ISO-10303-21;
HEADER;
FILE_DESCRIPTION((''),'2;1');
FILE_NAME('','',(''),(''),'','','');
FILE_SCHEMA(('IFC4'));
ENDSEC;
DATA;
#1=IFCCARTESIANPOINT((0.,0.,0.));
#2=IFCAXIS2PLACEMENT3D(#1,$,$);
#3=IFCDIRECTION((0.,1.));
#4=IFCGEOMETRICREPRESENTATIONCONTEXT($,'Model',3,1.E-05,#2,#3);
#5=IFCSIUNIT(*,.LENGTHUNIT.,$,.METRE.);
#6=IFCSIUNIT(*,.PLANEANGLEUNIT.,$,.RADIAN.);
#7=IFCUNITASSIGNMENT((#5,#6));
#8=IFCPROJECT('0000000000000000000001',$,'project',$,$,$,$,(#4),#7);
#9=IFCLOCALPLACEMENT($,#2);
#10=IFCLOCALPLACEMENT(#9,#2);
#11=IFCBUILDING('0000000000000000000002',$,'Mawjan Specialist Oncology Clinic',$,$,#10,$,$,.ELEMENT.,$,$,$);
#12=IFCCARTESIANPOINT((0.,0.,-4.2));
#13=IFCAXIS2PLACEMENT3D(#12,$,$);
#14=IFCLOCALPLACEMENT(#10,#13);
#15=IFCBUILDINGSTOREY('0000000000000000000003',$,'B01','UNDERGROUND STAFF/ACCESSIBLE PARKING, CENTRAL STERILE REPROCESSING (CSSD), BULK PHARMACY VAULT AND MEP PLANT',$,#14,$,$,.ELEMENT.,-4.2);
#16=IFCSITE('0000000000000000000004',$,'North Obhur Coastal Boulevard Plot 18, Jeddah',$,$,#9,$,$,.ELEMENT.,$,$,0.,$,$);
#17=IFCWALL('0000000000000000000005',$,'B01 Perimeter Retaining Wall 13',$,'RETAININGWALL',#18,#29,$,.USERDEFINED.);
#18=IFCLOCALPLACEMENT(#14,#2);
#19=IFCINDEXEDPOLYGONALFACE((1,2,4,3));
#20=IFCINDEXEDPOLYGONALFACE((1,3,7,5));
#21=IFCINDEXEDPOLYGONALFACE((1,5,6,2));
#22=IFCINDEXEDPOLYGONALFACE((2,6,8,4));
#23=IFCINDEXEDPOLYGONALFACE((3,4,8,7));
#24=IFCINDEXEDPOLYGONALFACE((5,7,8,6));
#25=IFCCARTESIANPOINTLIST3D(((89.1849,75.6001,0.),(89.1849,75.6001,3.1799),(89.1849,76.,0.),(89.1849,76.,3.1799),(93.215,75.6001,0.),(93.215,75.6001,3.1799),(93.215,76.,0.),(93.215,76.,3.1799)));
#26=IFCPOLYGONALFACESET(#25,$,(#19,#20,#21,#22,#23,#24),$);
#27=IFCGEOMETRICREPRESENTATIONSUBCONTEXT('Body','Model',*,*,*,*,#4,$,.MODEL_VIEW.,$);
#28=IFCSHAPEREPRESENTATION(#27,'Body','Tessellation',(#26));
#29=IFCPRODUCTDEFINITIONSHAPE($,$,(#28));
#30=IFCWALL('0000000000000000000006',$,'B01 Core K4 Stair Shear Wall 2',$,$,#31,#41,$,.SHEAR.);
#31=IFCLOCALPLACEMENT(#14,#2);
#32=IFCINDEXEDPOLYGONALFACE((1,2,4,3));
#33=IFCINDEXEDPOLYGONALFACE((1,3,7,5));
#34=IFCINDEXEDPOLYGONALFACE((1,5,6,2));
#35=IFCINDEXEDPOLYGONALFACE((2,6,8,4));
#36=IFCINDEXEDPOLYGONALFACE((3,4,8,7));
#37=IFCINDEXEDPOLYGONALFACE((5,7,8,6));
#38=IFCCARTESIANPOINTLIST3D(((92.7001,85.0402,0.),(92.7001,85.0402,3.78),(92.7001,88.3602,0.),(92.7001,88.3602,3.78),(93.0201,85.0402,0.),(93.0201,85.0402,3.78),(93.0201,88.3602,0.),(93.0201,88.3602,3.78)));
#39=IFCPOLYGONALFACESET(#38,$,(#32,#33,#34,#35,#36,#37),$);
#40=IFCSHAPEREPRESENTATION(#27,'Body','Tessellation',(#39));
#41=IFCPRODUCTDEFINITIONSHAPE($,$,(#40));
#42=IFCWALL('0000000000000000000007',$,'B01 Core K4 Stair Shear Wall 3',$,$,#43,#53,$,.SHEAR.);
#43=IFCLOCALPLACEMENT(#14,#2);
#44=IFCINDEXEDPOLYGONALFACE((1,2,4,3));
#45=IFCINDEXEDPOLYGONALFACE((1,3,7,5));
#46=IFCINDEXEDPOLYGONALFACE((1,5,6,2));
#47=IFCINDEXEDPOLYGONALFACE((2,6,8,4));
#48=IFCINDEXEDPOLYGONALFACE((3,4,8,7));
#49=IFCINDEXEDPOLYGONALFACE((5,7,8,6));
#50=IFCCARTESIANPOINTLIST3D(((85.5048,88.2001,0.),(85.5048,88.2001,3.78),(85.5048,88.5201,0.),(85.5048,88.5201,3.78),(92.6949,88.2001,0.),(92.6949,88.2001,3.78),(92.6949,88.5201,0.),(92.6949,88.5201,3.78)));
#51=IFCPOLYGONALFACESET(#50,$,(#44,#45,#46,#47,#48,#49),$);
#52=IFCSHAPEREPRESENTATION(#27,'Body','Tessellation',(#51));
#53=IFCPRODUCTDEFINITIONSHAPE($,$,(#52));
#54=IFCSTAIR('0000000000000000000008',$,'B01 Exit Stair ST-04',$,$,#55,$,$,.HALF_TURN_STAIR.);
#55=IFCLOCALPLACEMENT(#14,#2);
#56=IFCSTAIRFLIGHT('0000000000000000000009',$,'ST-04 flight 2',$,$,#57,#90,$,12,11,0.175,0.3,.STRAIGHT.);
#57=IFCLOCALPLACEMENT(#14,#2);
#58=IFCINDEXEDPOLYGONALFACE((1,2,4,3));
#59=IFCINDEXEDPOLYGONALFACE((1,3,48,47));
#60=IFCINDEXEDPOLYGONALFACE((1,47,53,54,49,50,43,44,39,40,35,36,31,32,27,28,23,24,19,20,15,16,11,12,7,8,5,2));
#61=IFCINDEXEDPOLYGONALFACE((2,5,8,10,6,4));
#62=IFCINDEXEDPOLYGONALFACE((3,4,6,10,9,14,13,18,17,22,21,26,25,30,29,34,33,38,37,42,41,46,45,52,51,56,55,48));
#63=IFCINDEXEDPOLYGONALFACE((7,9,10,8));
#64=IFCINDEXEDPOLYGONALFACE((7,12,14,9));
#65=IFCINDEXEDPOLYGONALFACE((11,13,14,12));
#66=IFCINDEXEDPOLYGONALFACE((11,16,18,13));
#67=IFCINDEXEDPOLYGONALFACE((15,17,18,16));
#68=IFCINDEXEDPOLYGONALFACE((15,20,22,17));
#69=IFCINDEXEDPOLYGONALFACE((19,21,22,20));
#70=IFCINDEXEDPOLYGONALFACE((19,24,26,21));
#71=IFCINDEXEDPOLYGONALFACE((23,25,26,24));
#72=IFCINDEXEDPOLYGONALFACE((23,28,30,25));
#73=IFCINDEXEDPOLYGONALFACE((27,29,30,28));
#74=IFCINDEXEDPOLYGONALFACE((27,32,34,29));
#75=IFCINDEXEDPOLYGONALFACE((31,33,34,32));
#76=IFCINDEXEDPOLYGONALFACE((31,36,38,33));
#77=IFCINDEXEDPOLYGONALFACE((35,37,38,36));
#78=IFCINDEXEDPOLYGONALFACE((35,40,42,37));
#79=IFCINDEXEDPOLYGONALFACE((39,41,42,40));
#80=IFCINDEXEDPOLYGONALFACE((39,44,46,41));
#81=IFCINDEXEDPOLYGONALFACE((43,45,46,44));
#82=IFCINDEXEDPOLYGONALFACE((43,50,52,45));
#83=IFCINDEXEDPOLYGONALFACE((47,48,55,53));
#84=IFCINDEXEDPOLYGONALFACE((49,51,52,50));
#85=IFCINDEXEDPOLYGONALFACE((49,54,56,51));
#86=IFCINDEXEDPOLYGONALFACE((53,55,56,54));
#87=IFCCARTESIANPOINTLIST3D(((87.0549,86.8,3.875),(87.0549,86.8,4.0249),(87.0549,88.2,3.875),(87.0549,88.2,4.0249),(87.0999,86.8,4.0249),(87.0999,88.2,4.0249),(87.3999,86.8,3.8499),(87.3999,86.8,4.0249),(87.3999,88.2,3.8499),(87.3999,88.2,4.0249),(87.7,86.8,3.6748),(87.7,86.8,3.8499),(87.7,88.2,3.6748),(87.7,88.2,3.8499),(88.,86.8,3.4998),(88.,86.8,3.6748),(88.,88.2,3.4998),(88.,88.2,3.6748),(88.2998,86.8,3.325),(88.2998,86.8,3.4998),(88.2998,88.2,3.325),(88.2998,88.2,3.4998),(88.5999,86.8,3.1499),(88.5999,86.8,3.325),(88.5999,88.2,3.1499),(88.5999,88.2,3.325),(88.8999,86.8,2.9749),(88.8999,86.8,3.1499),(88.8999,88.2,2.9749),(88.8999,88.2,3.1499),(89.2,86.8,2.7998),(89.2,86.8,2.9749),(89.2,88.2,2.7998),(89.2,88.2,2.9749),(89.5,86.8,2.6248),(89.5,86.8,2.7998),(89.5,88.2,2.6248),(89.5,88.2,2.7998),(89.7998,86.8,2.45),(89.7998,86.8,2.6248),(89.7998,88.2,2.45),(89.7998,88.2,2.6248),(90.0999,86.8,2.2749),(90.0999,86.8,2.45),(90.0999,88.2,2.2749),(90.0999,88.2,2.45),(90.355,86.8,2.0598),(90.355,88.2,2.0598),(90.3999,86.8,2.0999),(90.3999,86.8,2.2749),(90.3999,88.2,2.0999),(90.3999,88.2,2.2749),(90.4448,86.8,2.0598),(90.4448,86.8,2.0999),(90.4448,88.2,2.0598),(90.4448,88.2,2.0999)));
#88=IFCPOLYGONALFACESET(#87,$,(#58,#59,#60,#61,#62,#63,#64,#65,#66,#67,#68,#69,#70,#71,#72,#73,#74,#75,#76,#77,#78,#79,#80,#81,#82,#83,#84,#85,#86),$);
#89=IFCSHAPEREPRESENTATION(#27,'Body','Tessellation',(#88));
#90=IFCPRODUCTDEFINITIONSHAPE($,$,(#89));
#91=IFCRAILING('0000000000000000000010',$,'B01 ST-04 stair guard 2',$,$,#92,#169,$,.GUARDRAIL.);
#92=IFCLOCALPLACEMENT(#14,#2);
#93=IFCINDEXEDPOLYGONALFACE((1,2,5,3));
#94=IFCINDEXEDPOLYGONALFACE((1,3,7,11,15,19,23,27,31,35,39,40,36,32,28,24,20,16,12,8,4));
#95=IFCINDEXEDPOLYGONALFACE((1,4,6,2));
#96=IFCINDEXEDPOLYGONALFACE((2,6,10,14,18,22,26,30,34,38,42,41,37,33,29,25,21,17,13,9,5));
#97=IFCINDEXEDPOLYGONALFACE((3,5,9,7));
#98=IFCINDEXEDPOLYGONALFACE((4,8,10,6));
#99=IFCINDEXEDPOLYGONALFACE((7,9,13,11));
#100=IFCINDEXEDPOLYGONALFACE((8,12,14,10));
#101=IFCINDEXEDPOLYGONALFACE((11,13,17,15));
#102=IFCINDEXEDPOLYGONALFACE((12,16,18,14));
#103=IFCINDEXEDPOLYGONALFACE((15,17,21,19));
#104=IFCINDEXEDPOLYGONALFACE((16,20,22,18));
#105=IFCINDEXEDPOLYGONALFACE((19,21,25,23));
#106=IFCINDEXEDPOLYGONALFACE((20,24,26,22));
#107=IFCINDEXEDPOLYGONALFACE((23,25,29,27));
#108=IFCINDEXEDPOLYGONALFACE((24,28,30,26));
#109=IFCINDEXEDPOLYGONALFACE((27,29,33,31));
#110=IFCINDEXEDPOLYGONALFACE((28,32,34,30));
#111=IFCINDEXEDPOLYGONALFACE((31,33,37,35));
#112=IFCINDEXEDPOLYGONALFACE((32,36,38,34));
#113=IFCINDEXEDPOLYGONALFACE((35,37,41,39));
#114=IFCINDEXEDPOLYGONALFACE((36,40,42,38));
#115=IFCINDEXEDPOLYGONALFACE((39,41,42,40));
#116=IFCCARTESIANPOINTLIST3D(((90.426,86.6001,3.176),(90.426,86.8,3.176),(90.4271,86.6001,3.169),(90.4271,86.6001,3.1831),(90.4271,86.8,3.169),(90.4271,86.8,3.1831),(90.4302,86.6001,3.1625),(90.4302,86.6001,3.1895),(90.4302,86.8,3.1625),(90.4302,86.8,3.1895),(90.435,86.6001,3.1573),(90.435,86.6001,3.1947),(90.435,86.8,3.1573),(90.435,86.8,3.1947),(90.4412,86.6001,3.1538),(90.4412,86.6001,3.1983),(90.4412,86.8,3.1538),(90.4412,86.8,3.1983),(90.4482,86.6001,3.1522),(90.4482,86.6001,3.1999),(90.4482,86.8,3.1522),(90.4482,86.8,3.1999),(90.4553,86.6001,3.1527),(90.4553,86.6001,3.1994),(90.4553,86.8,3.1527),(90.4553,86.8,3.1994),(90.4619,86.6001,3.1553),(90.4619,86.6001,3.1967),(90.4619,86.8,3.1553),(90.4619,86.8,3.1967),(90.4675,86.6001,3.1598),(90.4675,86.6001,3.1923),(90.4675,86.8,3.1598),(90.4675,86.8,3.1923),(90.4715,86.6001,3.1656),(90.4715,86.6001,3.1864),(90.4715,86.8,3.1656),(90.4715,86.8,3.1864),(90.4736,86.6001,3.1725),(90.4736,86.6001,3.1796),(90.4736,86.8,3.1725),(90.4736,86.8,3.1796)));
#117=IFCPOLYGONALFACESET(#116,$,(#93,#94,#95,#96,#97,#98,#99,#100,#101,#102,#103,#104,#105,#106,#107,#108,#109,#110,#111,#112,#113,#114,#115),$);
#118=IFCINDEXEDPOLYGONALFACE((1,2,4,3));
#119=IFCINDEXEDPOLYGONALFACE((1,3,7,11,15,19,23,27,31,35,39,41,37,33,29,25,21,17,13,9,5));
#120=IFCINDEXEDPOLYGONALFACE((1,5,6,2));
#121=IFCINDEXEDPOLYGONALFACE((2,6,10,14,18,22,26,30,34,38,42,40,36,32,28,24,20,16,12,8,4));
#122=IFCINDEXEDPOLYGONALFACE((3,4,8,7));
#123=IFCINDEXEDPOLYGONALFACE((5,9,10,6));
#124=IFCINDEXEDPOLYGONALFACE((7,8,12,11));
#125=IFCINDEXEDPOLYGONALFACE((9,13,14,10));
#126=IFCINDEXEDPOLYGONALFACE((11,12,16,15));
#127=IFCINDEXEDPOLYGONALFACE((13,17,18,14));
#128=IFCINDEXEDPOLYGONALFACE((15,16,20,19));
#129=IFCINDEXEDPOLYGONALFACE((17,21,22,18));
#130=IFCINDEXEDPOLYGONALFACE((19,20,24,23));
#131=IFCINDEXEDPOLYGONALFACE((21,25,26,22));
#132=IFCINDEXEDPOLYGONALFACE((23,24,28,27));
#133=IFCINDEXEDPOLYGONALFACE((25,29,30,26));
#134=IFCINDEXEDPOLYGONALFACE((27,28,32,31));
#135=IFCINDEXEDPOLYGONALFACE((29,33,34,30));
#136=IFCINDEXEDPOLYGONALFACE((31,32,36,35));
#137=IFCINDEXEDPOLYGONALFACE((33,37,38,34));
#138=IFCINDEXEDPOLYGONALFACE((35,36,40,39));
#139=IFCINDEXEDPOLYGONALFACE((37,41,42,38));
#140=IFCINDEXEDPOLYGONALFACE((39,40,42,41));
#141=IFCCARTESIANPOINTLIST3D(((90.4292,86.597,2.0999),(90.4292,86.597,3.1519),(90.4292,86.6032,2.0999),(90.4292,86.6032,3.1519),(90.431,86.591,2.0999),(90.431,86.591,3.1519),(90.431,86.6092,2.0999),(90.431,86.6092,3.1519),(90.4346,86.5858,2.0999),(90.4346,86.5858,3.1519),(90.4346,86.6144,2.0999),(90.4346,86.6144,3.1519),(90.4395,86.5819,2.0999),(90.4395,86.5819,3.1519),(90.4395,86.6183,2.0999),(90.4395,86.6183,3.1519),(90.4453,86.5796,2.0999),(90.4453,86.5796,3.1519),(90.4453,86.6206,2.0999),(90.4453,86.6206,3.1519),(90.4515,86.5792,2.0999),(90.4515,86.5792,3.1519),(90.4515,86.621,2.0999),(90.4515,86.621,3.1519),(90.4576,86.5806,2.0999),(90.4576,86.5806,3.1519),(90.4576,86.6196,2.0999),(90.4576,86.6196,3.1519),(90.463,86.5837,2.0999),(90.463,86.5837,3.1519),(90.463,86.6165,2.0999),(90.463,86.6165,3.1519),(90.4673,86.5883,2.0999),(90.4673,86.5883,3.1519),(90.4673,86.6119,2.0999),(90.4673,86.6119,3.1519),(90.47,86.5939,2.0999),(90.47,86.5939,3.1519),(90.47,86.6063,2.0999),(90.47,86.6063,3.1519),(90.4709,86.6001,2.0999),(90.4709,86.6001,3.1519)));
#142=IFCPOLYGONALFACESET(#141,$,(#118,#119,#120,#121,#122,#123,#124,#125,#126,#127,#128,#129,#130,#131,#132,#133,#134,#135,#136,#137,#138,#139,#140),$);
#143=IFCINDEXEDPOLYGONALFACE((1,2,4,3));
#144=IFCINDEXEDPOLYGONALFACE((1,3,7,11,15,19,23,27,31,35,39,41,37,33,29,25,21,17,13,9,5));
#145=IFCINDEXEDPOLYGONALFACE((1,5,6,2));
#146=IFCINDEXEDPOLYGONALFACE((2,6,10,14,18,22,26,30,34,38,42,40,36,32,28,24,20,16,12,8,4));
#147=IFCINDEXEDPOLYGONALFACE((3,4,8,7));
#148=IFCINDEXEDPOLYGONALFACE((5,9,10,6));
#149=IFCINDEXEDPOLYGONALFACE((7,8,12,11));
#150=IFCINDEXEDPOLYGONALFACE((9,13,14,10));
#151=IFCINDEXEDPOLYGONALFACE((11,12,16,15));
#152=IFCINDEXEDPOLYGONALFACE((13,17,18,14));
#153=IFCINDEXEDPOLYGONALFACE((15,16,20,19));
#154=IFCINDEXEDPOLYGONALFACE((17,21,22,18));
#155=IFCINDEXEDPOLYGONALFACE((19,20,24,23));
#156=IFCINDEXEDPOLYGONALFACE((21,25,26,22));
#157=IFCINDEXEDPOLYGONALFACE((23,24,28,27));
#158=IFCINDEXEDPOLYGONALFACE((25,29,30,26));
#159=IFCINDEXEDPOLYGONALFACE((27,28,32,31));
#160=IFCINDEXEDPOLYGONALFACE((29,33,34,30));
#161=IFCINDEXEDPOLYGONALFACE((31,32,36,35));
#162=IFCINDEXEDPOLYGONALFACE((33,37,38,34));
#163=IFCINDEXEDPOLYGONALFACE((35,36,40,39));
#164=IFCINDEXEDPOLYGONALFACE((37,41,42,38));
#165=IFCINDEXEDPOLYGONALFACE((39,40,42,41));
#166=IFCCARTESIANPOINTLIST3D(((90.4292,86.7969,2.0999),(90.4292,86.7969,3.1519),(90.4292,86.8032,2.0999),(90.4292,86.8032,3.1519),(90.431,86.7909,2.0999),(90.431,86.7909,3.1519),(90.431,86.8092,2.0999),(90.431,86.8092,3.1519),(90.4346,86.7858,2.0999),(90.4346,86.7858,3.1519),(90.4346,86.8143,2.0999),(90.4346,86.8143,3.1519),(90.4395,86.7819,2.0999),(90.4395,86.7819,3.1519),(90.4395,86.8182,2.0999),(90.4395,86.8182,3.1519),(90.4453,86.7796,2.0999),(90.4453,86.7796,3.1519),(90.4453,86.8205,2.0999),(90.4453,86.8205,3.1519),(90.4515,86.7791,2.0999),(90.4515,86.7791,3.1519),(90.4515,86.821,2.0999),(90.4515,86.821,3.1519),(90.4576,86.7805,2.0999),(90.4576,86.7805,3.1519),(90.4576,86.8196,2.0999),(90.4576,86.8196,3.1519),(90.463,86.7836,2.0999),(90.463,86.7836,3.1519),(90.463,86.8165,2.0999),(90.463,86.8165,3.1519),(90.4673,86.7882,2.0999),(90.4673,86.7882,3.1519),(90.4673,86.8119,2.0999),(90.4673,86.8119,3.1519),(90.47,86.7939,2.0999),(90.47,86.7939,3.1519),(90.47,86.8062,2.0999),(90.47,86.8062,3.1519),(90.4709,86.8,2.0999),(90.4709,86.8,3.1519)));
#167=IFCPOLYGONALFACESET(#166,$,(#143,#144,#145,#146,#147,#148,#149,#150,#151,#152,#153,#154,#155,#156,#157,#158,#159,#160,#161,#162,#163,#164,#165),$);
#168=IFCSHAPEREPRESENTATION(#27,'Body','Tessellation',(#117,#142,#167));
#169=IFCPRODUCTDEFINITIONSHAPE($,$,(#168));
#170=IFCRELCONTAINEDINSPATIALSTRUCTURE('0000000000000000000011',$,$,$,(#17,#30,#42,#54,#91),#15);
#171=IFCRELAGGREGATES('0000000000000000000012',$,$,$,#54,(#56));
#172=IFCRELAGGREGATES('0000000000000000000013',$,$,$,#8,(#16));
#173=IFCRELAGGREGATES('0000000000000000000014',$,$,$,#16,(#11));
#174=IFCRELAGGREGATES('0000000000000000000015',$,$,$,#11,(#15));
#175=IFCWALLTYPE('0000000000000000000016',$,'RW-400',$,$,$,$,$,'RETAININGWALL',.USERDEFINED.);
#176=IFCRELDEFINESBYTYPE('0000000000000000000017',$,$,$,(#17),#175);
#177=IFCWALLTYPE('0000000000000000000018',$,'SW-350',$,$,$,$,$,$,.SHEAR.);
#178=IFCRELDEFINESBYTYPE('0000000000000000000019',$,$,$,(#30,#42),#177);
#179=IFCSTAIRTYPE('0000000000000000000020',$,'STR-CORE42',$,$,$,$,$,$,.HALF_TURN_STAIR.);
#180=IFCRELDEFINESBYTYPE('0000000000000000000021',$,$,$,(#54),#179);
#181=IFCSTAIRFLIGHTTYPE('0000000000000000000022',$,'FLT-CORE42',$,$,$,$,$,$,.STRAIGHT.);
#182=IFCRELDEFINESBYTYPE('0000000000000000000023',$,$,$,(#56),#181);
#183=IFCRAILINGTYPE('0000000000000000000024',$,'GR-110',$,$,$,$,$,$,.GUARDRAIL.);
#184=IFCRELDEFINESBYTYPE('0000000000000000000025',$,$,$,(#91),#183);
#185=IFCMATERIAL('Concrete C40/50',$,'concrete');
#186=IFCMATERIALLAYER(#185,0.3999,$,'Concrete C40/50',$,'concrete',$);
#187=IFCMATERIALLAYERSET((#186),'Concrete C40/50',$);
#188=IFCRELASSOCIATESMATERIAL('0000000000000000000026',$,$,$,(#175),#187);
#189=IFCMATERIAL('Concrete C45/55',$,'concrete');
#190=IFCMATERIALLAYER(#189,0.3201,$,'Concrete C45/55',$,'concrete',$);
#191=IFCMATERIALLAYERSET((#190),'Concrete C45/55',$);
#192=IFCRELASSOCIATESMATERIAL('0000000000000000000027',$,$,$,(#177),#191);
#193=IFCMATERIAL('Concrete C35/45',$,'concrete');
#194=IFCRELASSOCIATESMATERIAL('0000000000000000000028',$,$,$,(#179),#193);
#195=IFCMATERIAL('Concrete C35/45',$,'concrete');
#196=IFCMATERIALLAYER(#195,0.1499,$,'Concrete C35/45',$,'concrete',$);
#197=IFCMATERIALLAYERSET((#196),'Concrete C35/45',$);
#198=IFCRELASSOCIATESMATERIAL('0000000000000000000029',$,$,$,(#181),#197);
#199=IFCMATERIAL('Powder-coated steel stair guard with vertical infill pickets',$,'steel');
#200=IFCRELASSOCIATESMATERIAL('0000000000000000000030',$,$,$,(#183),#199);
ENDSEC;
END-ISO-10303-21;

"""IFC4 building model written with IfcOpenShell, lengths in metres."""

from ifc_helpers import new_model, si_unit, direction, frame, frame_2d, origin, origin_2d, place, context, subcontext, project, spatial, polyline, rectangle, circle, outline, extrude, material, layer, layer_set, type_object, element, aggregate, save


model = new_model("IFC4")

# Units and contexts
model_context = context("Model", 3, precision=1e-05, world=origin(), true_north=direction((0.0, 1.0)))
body_context = subcontext(model_context, "Body", "Model", "MODEL_VIEW")
ifc_project = project(units=[si_unit("LENGTHUNIT", "METRE"), si_unit("PLANEANGLEUNIT", "RADIAN")], contexts=[model_context])

# Site, building, storey
site_placement = place(None, origin())
site = spatial("IfcSite", under=ifc_project, at=site_placement, Name="North Obhur Coastal Boulevard Plot 18, Jeddah", CompositionType="ELEMENT", RefElevation=0.0)
building_placement = place(site_placement, origin())
building = spatial("IfcBuilding", under=site, at=building_placement, Name="Mawjan Specialist Oncology Clinic", CompositionType="ELEMENT")
storey_placement = place(building_placement, frame((0.0, 0.0, -4.2)))
storey = spatial("IfcBuildingStorey", under=building, at=storey_placement, Name="B01", Description="UNDERGROUND STAFF/ACCESSIBLE PARKING, CENTRAL STERILE REPROCESSING (CSSD), BULK PHARMACY VAULT AND MEP PLANT", CompositionType="ELEMENT", Elevation=-4.2)

# Walls
ifc_material_1 = material(Name="Concrete C40/50", Category="concrete")
ifc_layer_1 = layer(ifc_material_1, 0.3999, Name="Concrete C40/50", Category="concrete")
ifc_layer_set_1 = layer_set([ifc_layer_1], Name="Concrete C40/50")
wall_type_1 = type_object("IfcWallType", Name="RW-400", ElementType="RETAININGWALL", PredefinedType="USERDEFINED", material=ifc_layer_set_1)
wall_1_placement = place(storey_placement, frame((93.2151, 75.8, 0.0), z_axis=(0.0, 0.0, 1.0), x_axis=(-1.0, 0.0, 0.0)))
element("IfcWall", 1, at=wall_1_placement, inside=storey, type_object=wall_type_1, Name="B01 Perimeter Retaining Wall 13", ObjectType="RETAININGWALL", PredefinedType="USERDEFINED", context=body_context, shape_type="SweptSolid", body=[
    extrude(rectangle(XDim=4.03, YDim=0.3999, at=frame_2d((2.0151, 0.0))), origin(), (0.0, 0.0, 1.0), 3.1799),
])
ifc_material_2 = material(Name="Concrete C45/55", Category="concrete")
ifc_layer_2 = layer(ifc_material_2, 0.3201, Name="Concrete C45/55", Category="concrete")
ifc_layer_set_2 = layer_set([ifc_layer_2], Name="Concrete C45/55")
wall_type_2 = type_object("IfcWallType", Name="SW-350", PredefinedType="SHEAR", material=ifc_layer_set_2)
wall_2_placement = place(storey_placement, frame((92.8601, 85.04, 0.0), z_axis=(0.0, 0.0, 1.0), x_axis=(0.0, 1.0, 0.0)))
element("IfcWall", 2, at=wall_2_placement, inside=storey, type_object=wall_type_2, Name="B01 Core K4 Stair Shear Wall 2", PredefinedType="SHEAR", context=body_context, shape_type="SweptSolid", body=[
    extrude(rectangle(XDim=3.3201, YDim=0.3201, at=frame_2d((1.6602, 0.0))), origin(), (0.0, 0.0, 1.0), 3.78),
])
wall_3_placement = place(storey_placement, frame((92.6951, 88.3601, 0.0), z_axis=(0.0, 0.0, 1.0), x_axis=(-1.0, 0.0, 0.0)))
element("IfcWall", 3, at=wall_3_placement, inside=storey, type_object=wall_type_2, Name="B01 Core K4 Stair Shear Wall 3", PredefinedType="SHEAR", context=body_context, shape_type="SweptSolid", body=[
    extrude(rectangle(XDim=7.1902, YDim=0.3201, at=frame_2d((3.5952, 0.0))), origin(), (0.0, 0.0, 1.0), 3.78),
])

# Stair, stair flight
ifc_material_3 = material(Name="Concrete C35/45", Category="concrete")
stair_type = type_object("IfcStairType", Name="STR-CORE42", PredefinedType="HALF_TURN_STAIR", material=ifc_material_3)
stair_placement = place(storey_placement, origin())
stair = element("IfcStair", 4, at=stair_placement, inside=storey, type_object=stair_type, Name="B01 Exit Stair ST-04", PredefinedType="HALF_TURN_STAIR")
ifc_material_4 = material(Name="Concrete C35/45", Category="concrete")
ifc_layer_3 = layer(ifc_material_4, 0.1499, Name="Concrete C35/45", Category="concrete")
ifc_layer_set_3 = layer_set([ifc_layer_3], Name="Concrete C35/45")
stair_flight_type = type_object("IfcStairFlightType", Name="FLT-CORE42", PredefinedType="STRAIGHT", material=ifc_layer_set_3)
stair_flight_placement = place(storey_placement, frame((90.3999, 87.5, 2.0999), z_axis=(0.0, 0.0, 1.0), x_axis=(-1.0, 0.0, 0.0)))
stair_flight = element("IfcStairFlight", 5, at=stair_flight_placement, type_object=stair_flight_type, Name="ST-04 flight 2", NumberOfRisers=12, NumberOfTreads=11, PredefinedType="STRAIGHT", RiserHeight=0.175, TreadLength=0.3, context=body_context, shape_type="SweptSolid", body=[
    extrude(outline(polyline([(-0.0449, -0.04), (-0.0449, 0.0), (0.0, 0.0), (0.0, 0.175), (0.3, 0.175), (0.3, 0.3501), (0.6001, 0.3501), (0.6001, 0.5249), (0.8999, 0.5249), (0.8999, 0.7), (1.2, 0.7), (1.2, 0.875), (1.5, 0.875), (1.5, 1.05), (1.8, 1.05), (1.8, 1.2251), (2.1001, 1.2251), (2.1001, 1.3999), (2.3999, 1.3999), (2.3999, 1.575), (2.7, 1.575), (2.7, 1.75), (3.0, 1.75), (3.0, 1.925), (3.3, 1.925), (3.345, 1.925), (3.345, 1.7751), (0.0449, -0.04), (-0.0449, -0.04)])), frame((0.0, 0.7, 0.0), z_axis=(0.0, -1.0, 0.0), x_axis=(1.0, 0.0, 0.0)), (0.0, 0.0, 1.0), 1.3999),
])
aggregate(stair, [stair_flight])

# Railing
ifc_material_5 = material(Name="Powder-coated steel stair guard with vertical infill pickets", Category="steel")
railing_type_1 = type_object("IfcRailingType", Name="GR-110", PredefinedType="GUARDRAIL", material=ifc_material_5)
railing_1_placement = place(storey_placement, frame((90.45, 86.6001, 2.0999)))
element("IfcRailing", 6, at=railing_1_placement, inside=storey, type_object=railing_type_1, Name="B01 ST-04 stair guard 2", PredefinedType="GUARDRAIL", context=body_context, shape_type="SweptSolid", body=[
    extrude(circle(Radius=0.0239, at=origin_2d()), frame((0.0, 0.0, 1.0762), z_axis=(0.0, 1.0, 0.0), x_axis=(-1.0, 0.0, 0.0)), (0.0, 0.0, 1.0), 0.2),
    extrude(circle(Radius=0.021, at=origin_2d()), origin(), (0.0, 0.0, 1.0), 1.052),
    extrude(circle(Radius=0.021, at=origin_2d()), frame((0.0, 0.2, 0.0)), (0.0, 0.0, 1.0), 1.052),
])

save(model, "model.ifc")
